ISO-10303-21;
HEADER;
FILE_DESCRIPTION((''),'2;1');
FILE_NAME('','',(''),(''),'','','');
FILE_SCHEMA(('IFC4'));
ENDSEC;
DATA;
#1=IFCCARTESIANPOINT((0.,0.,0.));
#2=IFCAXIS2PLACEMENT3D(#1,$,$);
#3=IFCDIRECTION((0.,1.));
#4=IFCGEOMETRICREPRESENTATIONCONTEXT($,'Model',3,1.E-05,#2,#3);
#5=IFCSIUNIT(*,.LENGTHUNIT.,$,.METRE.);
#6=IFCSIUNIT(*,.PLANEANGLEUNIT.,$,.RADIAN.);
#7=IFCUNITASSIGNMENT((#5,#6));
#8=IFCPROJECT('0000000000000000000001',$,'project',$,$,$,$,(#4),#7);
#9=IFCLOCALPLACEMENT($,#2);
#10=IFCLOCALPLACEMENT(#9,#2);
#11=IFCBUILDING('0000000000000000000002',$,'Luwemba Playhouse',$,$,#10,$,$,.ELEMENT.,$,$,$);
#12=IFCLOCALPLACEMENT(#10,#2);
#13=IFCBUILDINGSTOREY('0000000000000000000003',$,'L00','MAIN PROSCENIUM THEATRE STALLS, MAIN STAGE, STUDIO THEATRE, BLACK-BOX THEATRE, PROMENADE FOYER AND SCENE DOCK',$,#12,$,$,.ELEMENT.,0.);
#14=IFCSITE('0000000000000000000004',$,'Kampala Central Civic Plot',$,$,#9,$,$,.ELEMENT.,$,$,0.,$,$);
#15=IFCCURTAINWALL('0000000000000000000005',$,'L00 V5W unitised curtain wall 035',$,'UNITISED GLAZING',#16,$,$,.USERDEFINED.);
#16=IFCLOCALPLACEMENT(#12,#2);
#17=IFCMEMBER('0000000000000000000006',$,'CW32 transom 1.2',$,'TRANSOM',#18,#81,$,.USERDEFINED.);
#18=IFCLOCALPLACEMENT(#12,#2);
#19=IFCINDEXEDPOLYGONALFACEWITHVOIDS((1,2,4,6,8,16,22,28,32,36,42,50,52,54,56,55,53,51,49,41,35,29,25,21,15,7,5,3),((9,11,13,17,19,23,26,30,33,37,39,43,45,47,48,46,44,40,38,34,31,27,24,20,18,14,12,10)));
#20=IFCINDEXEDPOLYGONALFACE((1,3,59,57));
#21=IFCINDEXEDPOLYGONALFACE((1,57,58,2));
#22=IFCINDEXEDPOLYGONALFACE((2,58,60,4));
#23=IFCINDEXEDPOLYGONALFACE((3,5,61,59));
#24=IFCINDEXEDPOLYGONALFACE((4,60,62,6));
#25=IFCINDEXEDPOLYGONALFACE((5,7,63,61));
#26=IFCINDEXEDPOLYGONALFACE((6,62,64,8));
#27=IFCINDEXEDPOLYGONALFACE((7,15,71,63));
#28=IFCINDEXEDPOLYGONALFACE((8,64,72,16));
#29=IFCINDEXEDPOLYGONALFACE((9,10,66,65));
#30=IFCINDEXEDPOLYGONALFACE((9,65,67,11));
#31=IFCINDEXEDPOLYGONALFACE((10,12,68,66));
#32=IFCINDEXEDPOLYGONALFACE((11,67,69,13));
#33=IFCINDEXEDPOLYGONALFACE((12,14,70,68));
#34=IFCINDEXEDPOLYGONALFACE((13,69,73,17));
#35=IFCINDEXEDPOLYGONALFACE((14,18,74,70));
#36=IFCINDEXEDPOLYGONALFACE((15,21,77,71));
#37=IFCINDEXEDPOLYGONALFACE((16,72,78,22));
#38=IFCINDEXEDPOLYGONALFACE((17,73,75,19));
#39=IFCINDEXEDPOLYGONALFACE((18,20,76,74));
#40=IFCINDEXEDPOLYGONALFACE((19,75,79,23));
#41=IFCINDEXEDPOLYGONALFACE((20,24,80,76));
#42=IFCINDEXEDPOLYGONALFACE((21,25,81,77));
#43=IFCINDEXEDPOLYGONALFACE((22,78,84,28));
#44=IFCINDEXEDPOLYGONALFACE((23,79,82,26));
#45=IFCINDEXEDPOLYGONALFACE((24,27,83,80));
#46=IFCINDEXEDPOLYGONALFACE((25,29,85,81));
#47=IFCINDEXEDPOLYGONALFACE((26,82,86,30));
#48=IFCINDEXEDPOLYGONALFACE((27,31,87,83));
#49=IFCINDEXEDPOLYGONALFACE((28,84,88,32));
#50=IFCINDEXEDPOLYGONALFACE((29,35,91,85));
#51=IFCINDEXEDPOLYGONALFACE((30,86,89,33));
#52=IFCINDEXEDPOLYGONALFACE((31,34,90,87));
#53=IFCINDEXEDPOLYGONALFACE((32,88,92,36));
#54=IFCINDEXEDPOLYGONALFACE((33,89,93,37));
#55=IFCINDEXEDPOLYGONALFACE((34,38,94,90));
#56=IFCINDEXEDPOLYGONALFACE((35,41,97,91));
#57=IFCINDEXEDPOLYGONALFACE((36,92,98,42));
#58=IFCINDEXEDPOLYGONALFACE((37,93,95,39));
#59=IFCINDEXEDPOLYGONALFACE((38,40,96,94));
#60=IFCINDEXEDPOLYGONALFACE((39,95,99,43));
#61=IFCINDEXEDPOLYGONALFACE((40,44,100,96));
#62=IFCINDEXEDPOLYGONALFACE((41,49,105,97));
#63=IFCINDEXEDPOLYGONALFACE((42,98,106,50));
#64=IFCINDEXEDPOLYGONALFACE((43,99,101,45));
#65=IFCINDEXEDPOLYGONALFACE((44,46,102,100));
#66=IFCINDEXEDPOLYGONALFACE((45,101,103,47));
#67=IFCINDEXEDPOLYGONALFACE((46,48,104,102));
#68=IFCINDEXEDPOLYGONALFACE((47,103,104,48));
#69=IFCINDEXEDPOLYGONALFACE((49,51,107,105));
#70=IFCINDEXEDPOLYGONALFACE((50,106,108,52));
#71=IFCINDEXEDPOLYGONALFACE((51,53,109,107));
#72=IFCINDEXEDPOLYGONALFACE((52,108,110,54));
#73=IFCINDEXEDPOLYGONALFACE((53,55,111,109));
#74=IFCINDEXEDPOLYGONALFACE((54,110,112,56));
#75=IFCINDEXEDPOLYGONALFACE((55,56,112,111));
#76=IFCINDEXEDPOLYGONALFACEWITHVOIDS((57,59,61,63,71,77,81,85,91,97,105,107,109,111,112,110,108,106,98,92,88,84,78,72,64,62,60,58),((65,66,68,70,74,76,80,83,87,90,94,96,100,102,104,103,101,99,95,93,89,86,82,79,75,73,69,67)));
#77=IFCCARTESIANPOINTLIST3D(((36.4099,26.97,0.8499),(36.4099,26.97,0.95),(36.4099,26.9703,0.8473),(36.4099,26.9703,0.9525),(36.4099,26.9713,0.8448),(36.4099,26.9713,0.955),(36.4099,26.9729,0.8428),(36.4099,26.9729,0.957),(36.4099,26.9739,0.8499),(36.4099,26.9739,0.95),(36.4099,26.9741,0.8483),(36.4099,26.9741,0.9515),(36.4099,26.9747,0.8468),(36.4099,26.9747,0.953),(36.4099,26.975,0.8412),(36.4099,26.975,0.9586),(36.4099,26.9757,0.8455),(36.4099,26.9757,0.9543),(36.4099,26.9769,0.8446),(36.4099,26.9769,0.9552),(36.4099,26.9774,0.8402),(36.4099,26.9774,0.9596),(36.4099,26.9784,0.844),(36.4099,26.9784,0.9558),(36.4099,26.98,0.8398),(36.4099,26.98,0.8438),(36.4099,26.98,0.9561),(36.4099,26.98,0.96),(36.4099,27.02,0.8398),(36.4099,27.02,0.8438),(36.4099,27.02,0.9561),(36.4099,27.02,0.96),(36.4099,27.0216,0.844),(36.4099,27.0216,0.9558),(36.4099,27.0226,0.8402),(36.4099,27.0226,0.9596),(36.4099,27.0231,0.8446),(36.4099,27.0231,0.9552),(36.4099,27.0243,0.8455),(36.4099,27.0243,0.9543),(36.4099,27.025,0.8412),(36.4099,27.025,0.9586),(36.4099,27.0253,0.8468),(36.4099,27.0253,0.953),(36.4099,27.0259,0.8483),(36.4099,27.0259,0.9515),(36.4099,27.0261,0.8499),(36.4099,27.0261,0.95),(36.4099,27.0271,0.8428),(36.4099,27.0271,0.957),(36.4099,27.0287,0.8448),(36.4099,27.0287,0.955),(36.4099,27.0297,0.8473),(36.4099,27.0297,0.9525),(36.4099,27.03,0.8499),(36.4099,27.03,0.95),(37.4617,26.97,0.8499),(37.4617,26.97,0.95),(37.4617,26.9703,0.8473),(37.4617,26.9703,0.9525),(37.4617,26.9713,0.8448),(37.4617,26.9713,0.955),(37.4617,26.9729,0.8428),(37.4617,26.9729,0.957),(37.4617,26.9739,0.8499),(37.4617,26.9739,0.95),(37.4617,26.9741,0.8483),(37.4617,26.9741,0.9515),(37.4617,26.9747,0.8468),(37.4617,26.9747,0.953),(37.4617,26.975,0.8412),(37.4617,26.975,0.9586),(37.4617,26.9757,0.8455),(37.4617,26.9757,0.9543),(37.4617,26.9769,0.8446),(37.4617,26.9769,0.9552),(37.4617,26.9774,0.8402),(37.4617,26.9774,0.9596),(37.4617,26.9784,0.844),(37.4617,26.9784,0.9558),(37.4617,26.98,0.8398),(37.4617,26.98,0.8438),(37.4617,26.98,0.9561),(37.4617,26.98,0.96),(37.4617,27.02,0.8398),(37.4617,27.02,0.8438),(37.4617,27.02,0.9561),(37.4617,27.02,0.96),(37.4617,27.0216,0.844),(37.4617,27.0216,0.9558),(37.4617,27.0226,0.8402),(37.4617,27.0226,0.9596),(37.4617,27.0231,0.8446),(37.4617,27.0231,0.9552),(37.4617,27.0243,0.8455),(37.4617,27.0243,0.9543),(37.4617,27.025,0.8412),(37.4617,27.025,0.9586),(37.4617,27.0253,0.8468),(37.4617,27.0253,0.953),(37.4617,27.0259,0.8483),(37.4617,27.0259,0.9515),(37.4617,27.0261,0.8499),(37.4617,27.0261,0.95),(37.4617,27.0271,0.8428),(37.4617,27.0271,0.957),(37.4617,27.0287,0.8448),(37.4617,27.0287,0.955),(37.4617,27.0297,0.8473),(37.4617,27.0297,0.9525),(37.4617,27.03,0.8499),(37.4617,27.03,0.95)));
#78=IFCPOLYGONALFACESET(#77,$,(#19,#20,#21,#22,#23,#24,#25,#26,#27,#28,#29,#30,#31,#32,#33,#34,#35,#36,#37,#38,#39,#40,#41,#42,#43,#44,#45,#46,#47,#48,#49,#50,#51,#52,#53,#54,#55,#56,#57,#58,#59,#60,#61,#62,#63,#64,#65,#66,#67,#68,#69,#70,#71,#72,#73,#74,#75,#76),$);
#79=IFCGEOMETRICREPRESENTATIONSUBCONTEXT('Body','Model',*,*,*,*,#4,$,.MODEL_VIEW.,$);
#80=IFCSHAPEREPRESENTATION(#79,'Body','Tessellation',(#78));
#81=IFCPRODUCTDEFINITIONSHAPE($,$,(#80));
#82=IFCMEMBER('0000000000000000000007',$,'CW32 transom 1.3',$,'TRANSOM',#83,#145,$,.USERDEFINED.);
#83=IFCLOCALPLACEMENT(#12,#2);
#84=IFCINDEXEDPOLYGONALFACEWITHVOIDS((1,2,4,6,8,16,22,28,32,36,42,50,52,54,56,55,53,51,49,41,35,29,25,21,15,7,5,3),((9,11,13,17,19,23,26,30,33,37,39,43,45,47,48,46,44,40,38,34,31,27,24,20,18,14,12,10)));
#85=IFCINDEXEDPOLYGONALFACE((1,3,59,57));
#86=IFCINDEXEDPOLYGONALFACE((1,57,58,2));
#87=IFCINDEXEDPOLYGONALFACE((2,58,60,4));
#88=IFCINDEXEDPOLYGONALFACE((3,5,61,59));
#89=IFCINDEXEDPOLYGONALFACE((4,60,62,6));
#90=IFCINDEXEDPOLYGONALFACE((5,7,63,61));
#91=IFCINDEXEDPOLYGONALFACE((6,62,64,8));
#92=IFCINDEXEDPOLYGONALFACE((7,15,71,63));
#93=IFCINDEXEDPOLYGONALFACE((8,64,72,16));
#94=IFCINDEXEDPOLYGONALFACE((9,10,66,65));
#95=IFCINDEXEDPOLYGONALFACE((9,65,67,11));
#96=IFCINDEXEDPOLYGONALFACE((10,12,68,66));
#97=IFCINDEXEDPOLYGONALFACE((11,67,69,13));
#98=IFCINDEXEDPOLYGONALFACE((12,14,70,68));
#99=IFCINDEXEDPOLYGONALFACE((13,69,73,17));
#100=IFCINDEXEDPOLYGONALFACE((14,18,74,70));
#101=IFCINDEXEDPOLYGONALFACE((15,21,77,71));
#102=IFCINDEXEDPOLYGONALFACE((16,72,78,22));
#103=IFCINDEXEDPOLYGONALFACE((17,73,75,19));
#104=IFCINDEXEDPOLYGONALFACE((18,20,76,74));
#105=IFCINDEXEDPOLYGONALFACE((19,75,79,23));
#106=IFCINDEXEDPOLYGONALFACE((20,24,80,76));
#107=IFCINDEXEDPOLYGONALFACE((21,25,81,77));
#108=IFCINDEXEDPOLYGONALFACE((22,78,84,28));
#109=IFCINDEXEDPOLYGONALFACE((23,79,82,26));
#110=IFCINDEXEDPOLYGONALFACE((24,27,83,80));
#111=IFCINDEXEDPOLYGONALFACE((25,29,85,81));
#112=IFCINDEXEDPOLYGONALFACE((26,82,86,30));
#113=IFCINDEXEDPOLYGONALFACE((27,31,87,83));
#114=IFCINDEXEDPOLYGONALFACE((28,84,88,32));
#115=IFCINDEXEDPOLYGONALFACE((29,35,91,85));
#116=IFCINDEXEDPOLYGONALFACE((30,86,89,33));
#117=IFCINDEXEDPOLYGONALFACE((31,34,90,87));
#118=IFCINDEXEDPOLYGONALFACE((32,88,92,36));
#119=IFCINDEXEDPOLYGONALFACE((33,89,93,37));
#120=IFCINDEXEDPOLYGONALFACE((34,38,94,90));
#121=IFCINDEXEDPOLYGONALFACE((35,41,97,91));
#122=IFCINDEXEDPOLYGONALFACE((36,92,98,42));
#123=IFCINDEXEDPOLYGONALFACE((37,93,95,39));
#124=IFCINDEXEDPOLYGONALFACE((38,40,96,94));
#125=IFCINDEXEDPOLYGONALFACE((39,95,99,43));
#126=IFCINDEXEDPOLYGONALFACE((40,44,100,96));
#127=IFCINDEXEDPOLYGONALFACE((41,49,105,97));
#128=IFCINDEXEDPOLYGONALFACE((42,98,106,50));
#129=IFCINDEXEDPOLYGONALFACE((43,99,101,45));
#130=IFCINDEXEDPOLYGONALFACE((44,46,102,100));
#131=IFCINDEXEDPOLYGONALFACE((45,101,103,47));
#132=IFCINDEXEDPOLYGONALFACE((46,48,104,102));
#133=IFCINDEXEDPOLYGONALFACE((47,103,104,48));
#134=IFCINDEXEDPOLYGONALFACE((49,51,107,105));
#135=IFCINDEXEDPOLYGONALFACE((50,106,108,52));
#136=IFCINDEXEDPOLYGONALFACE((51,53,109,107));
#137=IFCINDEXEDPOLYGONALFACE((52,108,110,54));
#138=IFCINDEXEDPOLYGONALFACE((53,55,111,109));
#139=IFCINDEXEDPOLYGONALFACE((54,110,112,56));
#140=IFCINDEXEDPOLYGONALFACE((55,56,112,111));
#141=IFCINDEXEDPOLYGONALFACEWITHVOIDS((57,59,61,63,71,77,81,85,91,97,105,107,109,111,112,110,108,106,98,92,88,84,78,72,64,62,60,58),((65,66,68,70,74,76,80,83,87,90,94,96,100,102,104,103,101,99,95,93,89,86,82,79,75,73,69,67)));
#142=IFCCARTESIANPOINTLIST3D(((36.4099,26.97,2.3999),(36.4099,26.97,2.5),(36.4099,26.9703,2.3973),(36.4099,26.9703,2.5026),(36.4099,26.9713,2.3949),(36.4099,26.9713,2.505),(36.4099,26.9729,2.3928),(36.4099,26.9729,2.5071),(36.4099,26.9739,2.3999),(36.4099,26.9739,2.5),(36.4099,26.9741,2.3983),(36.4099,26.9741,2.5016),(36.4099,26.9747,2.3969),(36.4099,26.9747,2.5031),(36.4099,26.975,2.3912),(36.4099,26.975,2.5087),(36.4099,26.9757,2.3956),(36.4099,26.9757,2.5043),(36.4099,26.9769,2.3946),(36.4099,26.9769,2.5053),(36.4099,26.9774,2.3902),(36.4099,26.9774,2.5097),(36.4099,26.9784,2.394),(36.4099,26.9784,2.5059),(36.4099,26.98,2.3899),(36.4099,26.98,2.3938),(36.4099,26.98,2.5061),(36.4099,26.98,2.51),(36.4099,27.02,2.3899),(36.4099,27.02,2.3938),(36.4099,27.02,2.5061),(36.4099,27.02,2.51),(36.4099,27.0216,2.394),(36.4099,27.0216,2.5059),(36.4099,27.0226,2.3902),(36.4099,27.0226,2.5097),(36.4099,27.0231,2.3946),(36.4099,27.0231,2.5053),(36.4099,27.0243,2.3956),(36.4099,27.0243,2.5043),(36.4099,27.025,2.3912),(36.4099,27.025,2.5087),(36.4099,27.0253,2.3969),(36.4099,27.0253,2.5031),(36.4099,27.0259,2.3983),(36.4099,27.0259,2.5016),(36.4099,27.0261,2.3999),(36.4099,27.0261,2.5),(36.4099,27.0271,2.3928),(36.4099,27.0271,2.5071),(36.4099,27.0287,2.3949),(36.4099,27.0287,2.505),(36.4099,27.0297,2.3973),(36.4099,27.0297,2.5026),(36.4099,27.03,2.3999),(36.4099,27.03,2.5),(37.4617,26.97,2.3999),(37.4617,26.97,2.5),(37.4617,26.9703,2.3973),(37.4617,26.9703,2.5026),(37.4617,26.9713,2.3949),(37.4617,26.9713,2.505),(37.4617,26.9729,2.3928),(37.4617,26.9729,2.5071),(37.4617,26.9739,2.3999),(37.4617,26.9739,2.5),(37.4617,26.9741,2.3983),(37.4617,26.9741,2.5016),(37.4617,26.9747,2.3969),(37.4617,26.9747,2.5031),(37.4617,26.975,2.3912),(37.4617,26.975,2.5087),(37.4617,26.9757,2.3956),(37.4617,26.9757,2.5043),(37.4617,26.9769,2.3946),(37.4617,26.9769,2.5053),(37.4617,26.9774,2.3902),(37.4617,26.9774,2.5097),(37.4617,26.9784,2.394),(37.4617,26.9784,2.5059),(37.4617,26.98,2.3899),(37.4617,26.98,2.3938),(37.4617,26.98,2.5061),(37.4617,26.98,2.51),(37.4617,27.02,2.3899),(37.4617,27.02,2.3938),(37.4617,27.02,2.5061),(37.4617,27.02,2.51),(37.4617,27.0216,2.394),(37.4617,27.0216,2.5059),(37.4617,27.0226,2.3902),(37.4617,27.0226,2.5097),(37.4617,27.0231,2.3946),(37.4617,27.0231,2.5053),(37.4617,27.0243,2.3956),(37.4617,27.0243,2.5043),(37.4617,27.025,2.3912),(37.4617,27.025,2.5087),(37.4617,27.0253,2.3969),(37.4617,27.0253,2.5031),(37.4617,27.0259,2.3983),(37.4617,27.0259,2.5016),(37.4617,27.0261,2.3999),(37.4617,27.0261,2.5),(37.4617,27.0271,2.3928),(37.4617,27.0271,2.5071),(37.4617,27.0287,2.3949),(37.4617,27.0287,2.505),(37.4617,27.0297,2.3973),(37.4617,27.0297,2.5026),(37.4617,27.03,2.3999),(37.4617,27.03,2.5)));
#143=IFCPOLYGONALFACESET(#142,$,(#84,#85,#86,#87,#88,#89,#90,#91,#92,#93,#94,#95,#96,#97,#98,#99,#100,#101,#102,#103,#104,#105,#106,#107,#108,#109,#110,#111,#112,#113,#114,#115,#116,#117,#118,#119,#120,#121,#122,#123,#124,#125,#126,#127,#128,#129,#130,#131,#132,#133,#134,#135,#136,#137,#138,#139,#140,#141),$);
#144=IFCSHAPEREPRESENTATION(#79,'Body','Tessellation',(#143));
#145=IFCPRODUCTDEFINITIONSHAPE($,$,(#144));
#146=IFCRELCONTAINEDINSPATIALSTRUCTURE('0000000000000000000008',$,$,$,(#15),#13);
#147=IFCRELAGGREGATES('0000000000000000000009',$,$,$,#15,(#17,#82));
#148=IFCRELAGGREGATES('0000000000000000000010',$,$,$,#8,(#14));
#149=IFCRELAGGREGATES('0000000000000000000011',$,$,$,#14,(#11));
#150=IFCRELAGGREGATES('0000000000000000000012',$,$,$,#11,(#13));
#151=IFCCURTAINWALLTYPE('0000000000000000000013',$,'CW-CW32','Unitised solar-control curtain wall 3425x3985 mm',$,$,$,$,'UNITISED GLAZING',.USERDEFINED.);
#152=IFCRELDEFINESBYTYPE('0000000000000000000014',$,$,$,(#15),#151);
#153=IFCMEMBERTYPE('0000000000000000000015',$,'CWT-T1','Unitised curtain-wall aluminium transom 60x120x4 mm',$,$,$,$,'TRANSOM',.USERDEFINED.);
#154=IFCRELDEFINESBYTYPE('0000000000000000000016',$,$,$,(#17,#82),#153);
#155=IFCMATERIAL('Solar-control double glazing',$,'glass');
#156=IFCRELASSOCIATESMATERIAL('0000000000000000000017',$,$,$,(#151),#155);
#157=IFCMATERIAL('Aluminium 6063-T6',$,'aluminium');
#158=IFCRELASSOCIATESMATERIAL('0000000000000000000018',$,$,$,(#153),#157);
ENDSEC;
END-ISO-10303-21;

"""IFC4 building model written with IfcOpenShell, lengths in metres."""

from ifc_helpers import new_model, si_unit, direction, frame, origin, origin_2d, place, context, subcontext, project, spatial, hollow_rectangle, extrude, material, material_profile, profile_set, type_object, element, aggregate, save


model = new_model("IFC4")

# Units and contexts
model_context = context("Model", 3, precision=1e-05, world=origin(), true_north=direction((0.0, 1.0)))
body_context = subcontext(model_context, "Body", "Model", "MODEL_VIEW")
ifc_project = project(units=[si_unit("LENGTHUNIT", "METRE"), si_unit("PLANEANGLEUNIT", "RADIAN")], contexts=[model_context])

# Site, building, storey
site_placement = place(None, origin())
site = spatial("IfcSite", under=ifc_project, at=site_placement, Name="Kampala Central Civic Plot", CompositionType="ELEMENT", RefElevation=0.0)
building_placement = place(site_placement, origin())
building = spatial("IfcBuilding", under=site, at=building_placement, Name="Luwemba Playhouse", CompositionType="ELEMENT")
storey_placement = place(building_placement, origin())
storey = spatial("IfcBuildingStorey", under=building, at=storey_placement, Name="L00", Description="MAIN PROSCENIUM THEATRE STALLS, MAIN STAGE, STUDIO THEATRE, BLACK-BOX THEATRE, PROMENADE FOYER AND SCENE DOCK", CompositionType="ELEMENT", Elevation=0.0)

# Curtain wall, members
ifc_material_1 = material(Name="Solar-control double glazing", Category="glass")
curtain_wall_type = type_object("IfcCurtainWallType", Name="CW-CW32", Description="Unitised solar-control curtain wall 3425x3985 mm", ElementType="UNITISED GLAZING", PredefinedType="USERDEFINED", material=ifc_material_1)
curtain_wall_placement = place(storey_placement, origin())
curtain_wall = element("IfcCurtainWall", 1, at=curtain_wall_placement, inside=storey, type_object=curtain_wall_type, Name="L00 V5W unitised curtain wall 035", ObjectType="UNITISED GLAZING", PredefinedType="USERDEFINED")
ifc_material_2 = material(Name="Aluminium 6063-T6", Category="aluminium")
ifc_material_profile_1 = material_profile(ifc_material_2, hollow_rectangle(XDim=0.0601, YDim=0.1201, WallThickness=0.0039, InnerFilletRadius=0.0061, OuterFilletRadius=0.01, at=origin_2d()))
ifc_profile_set_1 = profile_set([ifc_material_profile_1], Name="Aluminium 6063-T6")
member_type_1 = type_object("IfcMemberType", Name="CWT-T1", Description="Unitised curtain-wall aluminium transom 60x120x4 mm", ElementType="TRANSOM", PredefinedType="USERDEFINED", material=ifc_profile_set_1)
member_1_placement = place(storey_placement, frame((36.4099, 27.0, 0.8999), z_axis=(1.0, 0.0, 0.0), x_axis=(0.0, 1.0, 0.0)))
member_1 = element("IfcMember", 2, at=member_1_placement, type_object=member_type_1, Name="CW32 transom 1.2", ObjectType="TRANSOM", PredefinedType="USERDEFINED", context=body_context, shape_type="SweptSolid", body=[
    extrude(hollow_rectangle(XDim=0.0601, YDim=0.1201, WallThickness=0.0039, InnerFilletRadius=0.0061, OuterFilletRadius=0.01, at=origin_2d()), origin(), (0.0, 0.0, 1.0), 1.0518),
])
member_2_placement = place(storey_placement, frame((36.4099, 27.0, 2.45), z_axis=(1.0, 0.0, 0.0), x_axis=(0.0, 1.0, 0.0)))
member_2 = element("IfcMember", 3, at=member_2_placement, type_object=member_type_1, Name="CW32 transom 1.3", ObjectType="TRANSOM", PredefinedType="USERDEFINED", context=body_context, shape_type="SweptSolid", body=[
    extrude(hollow_rectangle(XDim=0.0601, YDim=0.1201, WallThickness=0.0039, InnerFilletRadius=0.0061, OuterFilletRadius=0.01, at=origin_2d()), origin(), (0.0, 0.0, 1.0), 1.0518),
])
aggregate(curtain_wall, [member_1, member_2])

save(model, "model.ifc")
